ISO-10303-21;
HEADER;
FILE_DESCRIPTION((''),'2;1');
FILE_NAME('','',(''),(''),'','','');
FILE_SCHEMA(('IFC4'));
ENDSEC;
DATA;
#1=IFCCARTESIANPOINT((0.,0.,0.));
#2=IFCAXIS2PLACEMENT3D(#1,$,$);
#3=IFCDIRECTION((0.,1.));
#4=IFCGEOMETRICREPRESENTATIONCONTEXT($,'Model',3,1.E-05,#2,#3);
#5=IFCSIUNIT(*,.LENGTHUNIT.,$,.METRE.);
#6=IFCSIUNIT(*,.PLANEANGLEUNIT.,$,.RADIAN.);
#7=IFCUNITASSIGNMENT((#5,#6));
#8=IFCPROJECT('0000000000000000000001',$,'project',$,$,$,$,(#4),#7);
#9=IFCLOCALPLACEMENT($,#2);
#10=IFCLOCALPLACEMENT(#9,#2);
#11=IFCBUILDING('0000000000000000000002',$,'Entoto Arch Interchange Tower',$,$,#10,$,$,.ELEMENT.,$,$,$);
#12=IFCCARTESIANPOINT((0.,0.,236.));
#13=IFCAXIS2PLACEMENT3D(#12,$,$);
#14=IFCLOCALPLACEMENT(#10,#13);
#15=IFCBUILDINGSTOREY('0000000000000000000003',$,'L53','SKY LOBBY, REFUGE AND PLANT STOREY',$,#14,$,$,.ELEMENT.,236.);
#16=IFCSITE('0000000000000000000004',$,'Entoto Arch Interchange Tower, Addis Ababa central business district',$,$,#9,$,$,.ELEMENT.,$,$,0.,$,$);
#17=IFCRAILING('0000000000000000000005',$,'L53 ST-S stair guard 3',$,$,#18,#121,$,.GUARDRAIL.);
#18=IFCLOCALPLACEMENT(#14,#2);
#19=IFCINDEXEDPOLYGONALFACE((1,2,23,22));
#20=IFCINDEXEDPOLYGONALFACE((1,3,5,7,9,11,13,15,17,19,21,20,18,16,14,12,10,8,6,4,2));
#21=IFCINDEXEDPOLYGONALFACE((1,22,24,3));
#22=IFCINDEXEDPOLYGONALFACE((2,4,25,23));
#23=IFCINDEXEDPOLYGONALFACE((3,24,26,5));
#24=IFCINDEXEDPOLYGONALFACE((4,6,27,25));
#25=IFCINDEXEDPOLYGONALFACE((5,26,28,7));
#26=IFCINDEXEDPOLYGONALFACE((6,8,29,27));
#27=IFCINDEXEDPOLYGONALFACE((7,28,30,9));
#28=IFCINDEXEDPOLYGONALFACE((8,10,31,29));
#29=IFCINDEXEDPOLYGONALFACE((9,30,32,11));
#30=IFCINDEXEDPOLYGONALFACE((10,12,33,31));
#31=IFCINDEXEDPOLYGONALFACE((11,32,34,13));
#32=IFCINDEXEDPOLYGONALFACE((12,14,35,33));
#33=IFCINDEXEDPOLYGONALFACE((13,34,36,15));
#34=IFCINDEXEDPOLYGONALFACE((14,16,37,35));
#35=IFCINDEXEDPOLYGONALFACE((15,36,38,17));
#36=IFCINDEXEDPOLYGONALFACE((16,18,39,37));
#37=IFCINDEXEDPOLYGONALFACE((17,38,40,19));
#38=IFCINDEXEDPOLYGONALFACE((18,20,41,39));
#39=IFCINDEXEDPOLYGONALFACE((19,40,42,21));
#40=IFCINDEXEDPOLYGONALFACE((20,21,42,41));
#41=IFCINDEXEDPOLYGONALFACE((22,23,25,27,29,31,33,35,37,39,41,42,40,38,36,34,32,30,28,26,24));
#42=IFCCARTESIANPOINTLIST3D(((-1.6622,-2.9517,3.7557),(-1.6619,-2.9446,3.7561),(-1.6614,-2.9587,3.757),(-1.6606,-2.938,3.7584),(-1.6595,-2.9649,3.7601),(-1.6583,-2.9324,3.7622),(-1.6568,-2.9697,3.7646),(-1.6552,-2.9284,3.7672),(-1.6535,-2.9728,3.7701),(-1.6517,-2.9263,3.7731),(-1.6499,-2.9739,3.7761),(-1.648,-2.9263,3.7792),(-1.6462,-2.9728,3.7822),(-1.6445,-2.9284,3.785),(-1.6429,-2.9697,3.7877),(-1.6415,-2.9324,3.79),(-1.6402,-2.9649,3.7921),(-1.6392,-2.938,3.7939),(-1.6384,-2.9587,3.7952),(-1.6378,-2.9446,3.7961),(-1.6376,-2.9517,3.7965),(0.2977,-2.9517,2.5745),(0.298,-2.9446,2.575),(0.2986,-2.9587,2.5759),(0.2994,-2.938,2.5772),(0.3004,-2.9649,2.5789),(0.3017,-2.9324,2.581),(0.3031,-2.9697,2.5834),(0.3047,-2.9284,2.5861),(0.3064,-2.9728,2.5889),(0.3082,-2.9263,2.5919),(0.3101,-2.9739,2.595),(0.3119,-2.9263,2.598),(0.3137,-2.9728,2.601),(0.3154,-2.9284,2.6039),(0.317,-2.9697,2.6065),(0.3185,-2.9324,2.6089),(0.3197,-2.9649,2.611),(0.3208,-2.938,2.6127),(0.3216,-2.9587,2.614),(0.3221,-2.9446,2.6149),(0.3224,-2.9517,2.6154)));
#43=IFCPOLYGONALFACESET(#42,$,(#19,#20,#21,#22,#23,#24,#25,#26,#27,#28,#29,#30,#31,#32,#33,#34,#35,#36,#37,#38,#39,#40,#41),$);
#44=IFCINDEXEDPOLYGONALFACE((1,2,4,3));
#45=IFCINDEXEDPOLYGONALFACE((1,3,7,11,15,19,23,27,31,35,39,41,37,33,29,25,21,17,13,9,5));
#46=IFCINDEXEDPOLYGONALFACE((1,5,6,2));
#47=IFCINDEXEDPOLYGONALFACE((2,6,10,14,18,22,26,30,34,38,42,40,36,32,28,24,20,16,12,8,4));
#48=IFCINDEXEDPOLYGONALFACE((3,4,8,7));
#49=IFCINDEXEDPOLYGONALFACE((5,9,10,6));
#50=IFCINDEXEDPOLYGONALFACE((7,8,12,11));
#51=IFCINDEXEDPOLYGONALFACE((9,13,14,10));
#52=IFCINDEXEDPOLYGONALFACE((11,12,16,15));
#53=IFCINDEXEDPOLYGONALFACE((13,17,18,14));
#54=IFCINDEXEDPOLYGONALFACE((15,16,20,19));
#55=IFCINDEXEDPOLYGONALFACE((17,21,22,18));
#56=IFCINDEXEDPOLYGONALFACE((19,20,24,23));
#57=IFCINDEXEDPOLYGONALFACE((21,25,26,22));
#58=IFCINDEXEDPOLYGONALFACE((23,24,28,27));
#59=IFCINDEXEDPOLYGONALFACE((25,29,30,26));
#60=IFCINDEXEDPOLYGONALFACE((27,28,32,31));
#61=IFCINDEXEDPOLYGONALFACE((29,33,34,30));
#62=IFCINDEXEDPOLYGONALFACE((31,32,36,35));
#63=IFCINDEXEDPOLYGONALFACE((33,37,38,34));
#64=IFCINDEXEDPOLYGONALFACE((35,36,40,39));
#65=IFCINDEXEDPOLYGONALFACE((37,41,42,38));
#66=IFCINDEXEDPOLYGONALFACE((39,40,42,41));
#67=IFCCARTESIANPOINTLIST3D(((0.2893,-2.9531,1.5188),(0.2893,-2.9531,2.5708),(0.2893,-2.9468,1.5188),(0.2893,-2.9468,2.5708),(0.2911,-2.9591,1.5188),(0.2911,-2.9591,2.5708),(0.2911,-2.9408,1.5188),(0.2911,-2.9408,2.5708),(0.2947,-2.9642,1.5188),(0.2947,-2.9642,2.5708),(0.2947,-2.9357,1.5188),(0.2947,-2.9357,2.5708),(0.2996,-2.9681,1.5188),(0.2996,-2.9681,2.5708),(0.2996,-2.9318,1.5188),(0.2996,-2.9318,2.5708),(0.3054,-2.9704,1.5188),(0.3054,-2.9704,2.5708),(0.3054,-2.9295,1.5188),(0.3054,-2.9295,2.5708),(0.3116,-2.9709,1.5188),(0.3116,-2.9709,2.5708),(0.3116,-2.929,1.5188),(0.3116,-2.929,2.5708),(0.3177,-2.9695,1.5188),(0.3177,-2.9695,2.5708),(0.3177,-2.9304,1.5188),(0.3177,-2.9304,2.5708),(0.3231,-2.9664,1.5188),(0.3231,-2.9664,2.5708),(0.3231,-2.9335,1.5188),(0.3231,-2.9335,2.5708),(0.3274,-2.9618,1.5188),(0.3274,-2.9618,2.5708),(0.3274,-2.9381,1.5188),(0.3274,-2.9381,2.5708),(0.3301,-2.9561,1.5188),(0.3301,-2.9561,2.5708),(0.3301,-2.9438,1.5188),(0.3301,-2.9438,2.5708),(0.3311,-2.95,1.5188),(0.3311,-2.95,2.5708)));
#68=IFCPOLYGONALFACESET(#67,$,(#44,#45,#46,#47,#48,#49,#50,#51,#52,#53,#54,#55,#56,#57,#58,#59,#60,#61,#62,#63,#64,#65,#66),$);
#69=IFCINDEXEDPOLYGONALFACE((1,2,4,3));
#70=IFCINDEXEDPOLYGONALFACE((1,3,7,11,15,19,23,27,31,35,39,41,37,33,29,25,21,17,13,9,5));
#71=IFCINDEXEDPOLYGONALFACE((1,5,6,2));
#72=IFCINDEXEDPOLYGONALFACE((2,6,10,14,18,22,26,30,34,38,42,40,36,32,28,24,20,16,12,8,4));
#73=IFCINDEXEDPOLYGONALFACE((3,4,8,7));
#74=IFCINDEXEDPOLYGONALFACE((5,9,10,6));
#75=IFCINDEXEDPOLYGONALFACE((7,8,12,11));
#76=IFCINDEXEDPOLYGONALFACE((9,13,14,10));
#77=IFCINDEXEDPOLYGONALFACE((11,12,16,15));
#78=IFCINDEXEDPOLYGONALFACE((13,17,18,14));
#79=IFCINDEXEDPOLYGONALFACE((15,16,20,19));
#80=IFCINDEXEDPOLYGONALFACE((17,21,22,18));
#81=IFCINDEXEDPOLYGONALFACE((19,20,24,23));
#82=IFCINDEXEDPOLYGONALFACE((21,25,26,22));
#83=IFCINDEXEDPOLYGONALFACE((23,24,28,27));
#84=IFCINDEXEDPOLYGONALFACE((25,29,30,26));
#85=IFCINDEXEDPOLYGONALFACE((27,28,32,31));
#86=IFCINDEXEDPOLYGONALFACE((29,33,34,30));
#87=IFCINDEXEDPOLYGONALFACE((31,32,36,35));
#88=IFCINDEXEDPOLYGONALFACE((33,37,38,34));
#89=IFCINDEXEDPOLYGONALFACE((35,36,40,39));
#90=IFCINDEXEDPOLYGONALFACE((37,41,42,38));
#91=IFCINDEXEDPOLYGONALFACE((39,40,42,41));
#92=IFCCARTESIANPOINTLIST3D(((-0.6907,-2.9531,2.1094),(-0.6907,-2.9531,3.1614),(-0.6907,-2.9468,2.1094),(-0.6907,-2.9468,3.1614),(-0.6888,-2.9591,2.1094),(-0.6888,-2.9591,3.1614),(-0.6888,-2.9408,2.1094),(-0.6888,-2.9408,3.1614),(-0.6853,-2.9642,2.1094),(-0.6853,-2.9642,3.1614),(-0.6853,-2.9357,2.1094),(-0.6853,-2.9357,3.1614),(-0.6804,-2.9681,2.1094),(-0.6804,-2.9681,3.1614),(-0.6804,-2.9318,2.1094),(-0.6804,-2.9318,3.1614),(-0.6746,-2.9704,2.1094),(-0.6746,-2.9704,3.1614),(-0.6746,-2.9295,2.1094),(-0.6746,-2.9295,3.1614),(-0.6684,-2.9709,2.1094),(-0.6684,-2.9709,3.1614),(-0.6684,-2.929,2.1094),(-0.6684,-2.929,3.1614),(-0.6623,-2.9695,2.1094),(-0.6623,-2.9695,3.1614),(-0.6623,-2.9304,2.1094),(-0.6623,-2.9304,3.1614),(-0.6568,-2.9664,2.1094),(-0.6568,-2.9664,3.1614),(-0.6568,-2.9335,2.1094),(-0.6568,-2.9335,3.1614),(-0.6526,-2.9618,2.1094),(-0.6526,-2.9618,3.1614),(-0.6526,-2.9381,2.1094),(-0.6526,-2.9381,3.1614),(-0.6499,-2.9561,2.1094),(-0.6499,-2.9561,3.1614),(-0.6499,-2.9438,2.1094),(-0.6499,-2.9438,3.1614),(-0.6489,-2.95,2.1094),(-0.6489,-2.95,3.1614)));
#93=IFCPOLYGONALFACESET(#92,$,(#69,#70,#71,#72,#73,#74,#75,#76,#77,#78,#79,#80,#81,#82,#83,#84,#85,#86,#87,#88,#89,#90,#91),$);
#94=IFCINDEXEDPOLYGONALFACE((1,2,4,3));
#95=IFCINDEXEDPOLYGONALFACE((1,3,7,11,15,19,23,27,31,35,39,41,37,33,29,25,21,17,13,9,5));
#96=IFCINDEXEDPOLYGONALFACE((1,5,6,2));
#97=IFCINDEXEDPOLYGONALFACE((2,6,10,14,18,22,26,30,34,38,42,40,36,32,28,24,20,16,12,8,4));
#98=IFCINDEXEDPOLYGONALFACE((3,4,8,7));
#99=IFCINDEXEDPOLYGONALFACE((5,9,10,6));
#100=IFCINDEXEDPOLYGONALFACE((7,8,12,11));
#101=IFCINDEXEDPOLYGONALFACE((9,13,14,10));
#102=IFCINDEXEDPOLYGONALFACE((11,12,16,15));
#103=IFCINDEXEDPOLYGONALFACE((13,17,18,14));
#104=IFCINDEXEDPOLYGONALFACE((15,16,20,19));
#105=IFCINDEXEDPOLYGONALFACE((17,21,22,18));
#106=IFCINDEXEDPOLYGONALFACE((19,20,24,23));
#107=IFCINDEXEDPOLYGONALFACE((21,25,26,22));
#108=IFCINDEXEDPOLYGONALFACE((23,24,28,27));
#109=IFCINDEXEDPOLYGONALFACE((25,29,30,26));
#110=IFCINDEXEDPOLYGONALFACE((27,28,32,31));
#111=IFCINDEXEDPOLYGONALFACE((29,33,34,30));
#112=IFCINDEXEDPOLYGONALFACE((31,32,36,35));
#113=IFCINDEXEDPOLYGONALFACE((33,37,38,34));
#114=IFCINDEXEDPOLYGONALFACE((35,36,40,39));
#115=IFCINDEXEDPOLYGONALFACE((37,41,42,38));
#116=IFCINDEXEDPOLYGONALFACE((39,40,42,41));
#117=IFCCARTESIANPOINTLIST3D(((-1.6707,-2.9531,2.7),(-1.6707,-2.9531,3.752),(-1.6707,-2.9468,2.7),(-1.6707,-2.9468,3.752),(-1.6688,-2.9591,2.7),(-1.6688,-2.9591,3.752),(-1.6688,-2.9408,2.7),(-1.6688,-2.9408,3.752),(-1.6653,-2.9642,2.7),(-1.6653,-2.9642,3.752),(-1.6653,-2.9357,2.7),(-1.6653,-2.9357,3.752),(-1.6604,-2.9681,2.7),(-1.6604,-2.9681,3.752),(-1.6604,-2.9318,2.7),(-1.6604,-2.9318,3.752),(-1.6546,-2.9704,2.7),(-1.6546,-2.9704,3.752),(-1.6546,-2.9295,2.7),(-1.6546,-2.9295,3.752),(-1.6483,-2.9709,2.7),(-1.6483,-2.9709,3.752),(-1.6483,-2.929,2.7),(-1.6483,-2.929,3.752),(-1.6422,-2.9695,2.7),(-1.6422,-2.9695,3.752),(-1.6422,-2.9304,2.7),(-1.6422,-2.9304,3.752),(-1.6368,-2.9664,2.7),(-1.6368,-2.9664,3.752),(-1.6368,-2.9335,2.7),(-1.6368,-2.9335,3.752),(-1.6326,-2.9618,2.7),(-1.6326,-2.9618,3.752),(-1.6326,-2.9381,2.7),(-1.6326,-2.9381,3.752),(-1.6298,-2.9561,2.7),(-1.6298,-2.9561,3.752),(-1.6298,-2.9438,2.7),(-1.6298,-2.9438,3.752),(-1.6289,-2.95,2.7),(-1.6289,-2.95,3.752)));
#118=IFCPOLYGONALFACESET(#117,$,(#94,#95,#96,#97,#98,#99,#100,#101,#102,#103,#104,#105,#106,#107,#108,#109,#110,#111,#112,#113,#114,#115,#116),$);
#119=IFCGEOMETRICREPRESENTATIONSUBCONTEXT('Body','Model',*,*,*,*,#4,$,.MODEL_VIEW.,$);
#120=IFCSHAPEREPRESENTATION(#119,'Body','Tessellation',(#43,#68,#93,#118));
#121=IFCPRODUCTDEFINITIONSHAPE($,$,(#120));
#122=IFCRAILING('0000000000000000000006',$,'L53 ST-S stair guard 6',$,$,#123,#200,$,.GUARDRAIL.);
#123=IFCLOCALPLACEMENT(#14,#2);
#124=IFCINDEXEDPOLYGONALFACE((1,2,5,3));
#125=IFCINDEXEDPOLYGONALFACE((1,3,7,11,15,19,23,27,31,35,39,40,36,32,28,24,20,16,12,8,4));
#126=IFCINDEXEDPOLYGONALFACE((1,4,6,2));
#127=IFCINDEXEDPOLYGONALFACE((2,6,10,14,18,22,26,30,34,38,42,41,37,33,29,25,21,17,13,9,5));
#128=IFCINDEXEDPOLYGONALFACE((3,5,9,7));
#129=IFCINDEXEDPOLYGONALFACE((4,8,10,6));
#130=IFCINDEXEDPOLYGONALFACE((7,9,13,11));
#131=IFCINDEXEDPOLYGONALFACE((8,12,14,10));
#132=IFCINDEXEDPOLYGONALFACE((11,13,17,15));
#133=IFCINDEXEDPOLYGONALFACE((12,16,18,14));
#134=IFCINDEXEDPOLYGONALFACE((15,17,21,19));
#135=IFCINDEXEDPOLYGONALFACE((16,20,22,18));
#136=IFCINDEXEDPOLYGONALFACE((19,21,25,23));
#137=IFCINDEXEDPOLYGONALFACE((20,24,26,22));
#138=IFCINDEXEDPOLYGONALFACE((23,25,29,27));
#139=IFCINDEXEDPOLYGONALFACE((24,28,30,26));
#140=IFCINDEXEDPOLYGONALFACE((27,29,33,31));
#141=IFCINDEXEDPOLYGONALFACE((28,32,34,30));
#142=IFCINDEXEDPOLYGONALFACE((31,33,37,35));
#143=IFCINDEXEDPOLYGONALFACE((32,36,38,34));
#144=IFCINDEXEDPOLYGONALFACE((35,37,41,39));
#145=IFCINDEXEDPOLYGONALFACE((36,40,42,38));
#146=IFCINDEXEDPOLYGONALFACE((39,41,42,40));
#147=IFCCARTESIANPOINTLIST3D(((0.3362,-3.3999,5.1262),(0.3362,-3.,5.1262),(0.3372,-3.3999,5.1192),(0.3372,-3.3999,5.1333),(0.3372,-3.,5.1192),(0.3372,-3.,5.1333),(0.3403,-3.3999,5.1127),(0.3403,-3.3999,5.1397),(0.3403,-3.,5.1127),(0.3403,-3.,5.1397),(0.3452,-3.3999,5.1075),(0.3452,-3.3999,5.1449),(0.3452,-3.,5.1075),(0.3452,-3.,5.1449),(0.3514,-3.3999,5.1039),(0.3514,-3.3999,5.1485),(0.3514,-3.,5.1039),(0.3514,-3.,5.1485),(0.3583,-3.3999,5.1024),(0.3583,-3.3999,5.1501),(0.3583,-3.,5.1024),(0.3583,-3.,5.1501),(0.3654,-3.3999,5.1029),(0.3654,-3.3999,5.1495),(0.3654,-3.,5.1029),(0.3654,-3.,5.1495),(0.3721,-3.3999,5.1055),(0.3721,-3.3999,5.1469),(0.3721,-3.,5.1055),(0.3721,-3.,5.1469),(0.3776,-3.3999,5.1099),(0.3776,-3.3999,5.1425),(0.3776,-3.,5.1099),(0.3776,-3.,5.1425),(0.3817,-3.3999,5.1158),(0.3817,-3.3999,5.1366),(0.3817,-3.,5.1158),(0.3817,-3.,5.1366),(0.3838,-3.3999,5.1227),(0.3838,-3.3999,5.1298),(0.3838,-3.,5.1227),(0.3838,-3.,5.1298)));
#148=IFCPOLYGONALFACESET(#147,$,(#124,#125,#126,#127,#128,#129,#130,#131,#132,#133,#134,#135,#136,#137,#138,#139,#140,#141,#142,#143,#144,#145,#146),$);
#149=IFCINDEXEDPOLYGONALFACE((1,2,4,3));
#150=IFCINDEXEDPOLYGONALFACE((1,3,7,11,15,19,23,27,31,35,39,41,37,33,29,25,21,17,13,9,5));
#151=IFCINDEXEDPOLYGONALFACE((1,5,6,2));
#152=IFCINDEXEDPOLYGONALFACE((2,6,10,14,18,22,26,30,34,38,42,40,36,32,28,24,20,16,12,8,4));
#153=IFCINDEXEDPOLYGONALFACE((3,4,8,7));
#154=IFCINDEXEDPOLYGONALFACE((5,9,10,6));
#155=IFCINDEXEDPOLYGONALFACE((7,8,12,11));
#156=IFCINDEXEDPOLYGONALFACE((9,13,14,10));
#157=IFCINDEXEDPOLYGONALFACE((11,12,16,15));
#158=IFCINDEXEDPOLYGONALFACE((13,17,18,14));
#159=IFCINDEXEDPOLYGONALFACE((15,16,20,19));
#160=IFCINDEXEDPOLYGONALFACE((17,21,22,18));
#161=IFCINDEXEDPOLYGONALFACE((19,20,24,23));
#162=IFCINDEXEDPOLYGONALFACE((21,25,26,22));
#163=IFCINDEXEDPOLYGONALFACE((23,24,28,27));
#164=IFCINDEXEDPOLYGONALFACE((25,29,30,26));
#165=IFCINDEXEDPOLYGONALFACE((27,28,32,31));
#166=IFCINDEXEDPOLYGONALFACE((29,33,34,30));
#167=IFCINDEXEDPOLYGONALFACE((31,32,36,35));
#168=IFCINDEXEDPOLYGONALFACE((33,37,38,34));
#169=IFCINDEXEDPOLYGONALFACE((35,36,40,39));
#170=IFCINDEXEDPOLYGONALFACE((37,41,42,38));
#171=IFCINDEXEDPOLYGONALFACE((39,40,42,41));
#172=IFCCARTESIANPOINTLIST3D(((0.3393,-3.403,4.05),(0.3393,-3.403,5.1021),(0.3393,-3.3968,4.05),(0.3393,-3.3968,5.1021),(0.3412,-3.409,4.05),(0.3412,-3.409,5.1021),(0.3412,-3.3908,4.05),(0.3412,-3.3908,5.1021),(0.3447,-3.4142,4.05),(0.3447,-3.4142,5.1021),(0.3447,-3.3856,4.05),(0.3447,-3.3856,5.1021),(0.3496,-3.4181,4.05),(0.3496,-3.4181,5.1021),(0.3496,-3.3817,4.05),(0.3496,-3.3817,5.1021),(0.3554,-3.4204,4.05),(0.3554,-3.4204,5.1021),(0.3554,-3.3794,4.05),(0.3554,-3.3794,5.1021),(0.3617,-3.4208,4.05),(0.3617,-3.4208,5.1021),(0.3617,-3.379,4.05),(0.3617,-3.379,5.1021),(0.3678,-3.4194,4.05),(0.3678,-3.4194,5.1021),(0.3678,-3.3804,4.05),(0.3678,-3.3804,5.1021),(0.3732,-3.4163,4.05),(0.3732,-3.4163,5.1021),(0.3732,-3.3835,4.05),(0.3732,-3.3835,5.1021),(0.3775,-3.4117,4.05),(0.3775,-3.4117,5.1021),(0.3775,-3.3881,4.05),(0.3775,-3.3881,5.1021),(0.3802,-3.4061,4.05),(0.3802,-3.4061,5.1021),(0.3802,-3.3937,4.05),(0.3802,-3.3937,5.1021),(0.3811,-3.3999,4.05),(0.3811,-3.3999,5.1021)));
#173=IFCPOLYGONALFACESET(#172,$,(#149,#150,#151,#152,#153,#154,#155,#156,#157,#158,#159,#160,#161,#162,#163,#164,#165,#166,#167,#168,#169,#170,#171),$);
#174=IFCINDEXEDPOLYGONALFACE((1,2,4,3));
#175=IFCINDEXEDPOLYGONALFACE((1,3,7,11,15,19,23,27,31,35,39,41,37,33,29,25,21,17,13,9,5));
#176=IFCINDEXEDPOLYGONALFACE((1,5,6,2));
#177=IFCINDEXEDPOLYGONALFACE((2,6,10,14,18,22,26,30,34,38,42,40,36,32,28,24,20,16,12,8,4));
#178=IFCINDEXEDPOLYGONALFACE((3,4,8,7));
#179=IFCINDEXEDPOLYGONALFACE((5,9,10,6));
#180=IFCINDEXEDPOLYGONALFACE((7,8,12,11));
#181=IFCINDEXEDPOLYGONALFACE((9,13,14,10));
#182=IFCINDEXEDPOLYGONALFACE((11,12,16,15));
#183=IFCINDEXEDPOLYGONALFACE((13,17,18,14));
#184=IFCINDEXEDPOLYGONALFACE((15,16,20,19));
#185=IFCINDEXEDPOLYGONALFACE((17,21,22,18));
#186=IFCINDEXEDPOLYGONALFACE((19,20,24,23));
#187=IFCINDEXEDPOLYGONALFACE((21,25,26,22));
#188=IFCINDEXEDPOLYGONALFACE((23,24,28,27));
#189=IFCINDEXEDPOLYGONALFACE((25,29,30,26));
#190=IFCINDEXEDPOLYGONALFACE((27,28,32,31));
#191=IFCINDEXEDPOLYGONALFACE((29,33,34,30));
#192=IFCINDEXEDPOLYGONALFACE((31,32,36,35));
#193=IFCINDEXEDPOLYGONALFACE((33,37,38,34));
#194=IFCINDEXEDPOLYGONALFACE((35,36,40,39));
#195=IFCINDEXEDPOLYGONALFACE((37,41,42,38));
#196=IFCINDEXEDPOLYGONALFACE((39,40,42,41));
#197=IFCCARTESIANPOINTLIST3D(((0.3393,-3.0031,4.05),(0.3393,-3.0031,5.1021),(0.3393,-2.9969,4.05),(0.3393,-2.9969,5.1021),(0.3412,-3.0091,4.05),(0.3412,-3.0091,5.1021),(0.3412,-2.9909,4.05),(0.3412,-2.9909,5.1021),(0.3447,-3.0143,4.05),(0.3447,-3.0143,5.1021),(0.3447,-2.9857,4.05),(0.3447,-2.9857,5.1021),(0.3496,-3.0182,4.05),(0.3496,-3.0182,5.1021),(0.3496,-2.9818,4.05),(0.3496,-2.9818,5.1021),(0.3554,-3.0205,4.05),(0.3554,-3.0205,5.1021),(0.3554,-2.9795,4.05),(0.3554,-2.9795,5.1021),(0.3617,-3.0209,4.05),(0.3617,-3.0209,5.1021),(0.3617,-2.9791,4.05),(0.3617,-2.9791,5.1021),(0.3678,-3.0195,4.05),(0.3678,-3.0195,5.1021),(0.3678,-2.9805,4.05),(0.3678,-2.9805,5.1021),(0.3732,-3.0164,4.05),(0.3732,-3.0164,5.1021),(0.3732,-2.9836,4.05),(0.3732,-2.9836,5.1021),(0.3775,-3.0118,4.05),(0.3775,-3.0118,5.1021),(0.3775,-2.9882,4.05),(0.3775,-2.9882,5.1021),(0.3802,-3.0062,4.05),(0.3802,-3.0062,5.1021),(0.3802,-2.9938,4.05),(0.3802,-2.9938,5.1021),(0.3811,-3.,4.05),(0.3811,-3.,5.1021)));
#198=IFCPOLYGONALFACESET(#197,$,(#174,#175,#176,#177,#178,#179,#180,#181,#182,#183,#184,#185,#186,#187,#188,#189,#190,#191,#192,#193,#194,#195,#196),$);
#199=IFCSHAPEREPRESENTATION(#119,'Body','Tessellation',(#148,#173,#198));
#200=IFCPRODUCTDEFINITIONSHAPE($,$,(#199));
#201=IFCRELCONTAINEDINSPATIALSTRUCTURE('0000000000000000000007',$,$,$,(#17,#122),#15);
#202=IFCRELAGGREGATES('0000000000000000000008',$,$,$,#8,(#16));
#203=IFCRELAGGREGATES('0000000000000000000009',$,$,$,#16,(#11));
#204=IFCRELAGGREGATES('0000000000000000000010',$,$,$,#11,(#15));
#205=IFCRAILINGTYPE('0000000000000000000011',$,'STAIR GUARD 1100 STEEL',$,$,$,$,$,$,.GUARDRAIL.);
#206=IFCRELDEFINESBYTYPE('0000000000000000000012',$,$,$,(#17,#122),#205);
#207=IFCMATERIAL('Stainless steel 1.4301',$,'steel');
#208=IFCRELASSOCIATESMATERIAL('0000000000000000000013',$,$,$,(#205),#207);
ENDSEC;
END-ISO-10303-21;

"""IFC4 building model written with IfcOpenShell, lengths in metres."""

from ifc_helpers import new_model, si_unit, direction, frame, origin, origin_2d, place, context, subcontext, project, spatial, circle, extrude, material, type_object, element, save


model = new_model("IFC4")

# Units and contexts
model_context = context("Model", 3, precision=1e-05, world=origin(), true_north=direction((0.0, 1.0)))
body_context = subcontext(model_context, "Body", "Model", "MODEL_VIEW")
ifc_project = project(units=[si_unit("LENGTHUNIT", "METRE"), si_unit("PLANEANGLEUNIT", "RADIAN")], contexts=[model_context])

# Site, building, storey
site_placement = place(None, origin())
site = spatial("IfcSite", under=ifc_project, at=site_placement, Name="Entoto Arch Interchange Tower, Addis Ababa central business district", CompositionType="ELEMENT", RefElevation=0.0)
building_placement = place(site_placement, origin())
building = spatial("IfcBuilding", under=site, at=building_placement, Name="Entoto Arch Interchange Tower", CompositionType="ELEMENT")
storey_placement = place(building_placement, frame((0.0, 0.0, 236.0)))
storey = spatial("IfcBuildingStorey", under=building, at=storey_placement, Name="L53", Description="SKY LOBBY, REFUGE AND PLANT STOREY", CompositionType="ELEMENT", Elevation=236.0)

# Railings
ifc_material_1 = material(Name="Stainless steel 1.4301", Category="steel")
railing_type = type_object("IfcRailingType", Name="STAIR GUARD 1100 STEEL", PredefinedType="GUARDRAIL", material=ifc_material_1)
railing_1_placement = place(storey_placement, frame((0.3101, -2.95, 1.5188)))
element("IfcRailing", 1, at=railing_1_placement, inside=storey, type_object=railing_type, Name="L53 ST-S stair guard 3", PredefinedType="GUARDRAIL", context=body_context, shape_type="SweptSolid", body=[
    extrude(circle(Radius=0.0239, at=origin_2d()), frame((0.0, 0.0, 1.0762), z_axis=(-0.856493, 0.0, 0.516158), x_axis=(0.0, -1.0, 0.0)), (0.0, 0.0, 1.0), 2.2883),
    extrude(circle(Radius=0.021, at=origin_2d()), origin(), (0.0, 0.0, 1.0), 1.052),
    extrude(circle(Radius=0.021, at=origin_2d()), frame((-0.98, 0.0, 0.5906)), (0.0, 0.0, 1.0), 1.052),
    extrude(circle(Radius=0.021, at=origin_2d()), frame((-1.96, 0.0, 1.1812)), (0.0, 0.0, 1.0), 1.052),
])
railing_2_placement = place(storey_placement, frame((0.3601, -3.3999, 4.05)))
element("IfcRailing", 2, at=railing_2_placement, inside=storey, type_object=railing_type, Name="L53 ST-S stair guard 6", PredefinedType="GUARDRAIL", context=body_context, shape_type="SweptSolid", body=[
    extrude(circle(Radius=0.0239, at=origin_2d()), frame((0.0, 0.0, 1.0762), z_axis=(0.0, 1.0, 0.0), x_axis=(-1.0, 0.0, 0.0)), (0.0, 0.0, 1.0), 0.3999),
    extrude(circle(Radius=0.021, at=origin_2d()), origin(), (0.0, 0.0, 1.0), 1.052),
    extrude(circle(Radius=0.021, at=origin_2d()), frame((0.0, 0.3999, 0.0)), (0.0, 0.0, 1.0), 1.052),
])

save(model, "model.ifc")
